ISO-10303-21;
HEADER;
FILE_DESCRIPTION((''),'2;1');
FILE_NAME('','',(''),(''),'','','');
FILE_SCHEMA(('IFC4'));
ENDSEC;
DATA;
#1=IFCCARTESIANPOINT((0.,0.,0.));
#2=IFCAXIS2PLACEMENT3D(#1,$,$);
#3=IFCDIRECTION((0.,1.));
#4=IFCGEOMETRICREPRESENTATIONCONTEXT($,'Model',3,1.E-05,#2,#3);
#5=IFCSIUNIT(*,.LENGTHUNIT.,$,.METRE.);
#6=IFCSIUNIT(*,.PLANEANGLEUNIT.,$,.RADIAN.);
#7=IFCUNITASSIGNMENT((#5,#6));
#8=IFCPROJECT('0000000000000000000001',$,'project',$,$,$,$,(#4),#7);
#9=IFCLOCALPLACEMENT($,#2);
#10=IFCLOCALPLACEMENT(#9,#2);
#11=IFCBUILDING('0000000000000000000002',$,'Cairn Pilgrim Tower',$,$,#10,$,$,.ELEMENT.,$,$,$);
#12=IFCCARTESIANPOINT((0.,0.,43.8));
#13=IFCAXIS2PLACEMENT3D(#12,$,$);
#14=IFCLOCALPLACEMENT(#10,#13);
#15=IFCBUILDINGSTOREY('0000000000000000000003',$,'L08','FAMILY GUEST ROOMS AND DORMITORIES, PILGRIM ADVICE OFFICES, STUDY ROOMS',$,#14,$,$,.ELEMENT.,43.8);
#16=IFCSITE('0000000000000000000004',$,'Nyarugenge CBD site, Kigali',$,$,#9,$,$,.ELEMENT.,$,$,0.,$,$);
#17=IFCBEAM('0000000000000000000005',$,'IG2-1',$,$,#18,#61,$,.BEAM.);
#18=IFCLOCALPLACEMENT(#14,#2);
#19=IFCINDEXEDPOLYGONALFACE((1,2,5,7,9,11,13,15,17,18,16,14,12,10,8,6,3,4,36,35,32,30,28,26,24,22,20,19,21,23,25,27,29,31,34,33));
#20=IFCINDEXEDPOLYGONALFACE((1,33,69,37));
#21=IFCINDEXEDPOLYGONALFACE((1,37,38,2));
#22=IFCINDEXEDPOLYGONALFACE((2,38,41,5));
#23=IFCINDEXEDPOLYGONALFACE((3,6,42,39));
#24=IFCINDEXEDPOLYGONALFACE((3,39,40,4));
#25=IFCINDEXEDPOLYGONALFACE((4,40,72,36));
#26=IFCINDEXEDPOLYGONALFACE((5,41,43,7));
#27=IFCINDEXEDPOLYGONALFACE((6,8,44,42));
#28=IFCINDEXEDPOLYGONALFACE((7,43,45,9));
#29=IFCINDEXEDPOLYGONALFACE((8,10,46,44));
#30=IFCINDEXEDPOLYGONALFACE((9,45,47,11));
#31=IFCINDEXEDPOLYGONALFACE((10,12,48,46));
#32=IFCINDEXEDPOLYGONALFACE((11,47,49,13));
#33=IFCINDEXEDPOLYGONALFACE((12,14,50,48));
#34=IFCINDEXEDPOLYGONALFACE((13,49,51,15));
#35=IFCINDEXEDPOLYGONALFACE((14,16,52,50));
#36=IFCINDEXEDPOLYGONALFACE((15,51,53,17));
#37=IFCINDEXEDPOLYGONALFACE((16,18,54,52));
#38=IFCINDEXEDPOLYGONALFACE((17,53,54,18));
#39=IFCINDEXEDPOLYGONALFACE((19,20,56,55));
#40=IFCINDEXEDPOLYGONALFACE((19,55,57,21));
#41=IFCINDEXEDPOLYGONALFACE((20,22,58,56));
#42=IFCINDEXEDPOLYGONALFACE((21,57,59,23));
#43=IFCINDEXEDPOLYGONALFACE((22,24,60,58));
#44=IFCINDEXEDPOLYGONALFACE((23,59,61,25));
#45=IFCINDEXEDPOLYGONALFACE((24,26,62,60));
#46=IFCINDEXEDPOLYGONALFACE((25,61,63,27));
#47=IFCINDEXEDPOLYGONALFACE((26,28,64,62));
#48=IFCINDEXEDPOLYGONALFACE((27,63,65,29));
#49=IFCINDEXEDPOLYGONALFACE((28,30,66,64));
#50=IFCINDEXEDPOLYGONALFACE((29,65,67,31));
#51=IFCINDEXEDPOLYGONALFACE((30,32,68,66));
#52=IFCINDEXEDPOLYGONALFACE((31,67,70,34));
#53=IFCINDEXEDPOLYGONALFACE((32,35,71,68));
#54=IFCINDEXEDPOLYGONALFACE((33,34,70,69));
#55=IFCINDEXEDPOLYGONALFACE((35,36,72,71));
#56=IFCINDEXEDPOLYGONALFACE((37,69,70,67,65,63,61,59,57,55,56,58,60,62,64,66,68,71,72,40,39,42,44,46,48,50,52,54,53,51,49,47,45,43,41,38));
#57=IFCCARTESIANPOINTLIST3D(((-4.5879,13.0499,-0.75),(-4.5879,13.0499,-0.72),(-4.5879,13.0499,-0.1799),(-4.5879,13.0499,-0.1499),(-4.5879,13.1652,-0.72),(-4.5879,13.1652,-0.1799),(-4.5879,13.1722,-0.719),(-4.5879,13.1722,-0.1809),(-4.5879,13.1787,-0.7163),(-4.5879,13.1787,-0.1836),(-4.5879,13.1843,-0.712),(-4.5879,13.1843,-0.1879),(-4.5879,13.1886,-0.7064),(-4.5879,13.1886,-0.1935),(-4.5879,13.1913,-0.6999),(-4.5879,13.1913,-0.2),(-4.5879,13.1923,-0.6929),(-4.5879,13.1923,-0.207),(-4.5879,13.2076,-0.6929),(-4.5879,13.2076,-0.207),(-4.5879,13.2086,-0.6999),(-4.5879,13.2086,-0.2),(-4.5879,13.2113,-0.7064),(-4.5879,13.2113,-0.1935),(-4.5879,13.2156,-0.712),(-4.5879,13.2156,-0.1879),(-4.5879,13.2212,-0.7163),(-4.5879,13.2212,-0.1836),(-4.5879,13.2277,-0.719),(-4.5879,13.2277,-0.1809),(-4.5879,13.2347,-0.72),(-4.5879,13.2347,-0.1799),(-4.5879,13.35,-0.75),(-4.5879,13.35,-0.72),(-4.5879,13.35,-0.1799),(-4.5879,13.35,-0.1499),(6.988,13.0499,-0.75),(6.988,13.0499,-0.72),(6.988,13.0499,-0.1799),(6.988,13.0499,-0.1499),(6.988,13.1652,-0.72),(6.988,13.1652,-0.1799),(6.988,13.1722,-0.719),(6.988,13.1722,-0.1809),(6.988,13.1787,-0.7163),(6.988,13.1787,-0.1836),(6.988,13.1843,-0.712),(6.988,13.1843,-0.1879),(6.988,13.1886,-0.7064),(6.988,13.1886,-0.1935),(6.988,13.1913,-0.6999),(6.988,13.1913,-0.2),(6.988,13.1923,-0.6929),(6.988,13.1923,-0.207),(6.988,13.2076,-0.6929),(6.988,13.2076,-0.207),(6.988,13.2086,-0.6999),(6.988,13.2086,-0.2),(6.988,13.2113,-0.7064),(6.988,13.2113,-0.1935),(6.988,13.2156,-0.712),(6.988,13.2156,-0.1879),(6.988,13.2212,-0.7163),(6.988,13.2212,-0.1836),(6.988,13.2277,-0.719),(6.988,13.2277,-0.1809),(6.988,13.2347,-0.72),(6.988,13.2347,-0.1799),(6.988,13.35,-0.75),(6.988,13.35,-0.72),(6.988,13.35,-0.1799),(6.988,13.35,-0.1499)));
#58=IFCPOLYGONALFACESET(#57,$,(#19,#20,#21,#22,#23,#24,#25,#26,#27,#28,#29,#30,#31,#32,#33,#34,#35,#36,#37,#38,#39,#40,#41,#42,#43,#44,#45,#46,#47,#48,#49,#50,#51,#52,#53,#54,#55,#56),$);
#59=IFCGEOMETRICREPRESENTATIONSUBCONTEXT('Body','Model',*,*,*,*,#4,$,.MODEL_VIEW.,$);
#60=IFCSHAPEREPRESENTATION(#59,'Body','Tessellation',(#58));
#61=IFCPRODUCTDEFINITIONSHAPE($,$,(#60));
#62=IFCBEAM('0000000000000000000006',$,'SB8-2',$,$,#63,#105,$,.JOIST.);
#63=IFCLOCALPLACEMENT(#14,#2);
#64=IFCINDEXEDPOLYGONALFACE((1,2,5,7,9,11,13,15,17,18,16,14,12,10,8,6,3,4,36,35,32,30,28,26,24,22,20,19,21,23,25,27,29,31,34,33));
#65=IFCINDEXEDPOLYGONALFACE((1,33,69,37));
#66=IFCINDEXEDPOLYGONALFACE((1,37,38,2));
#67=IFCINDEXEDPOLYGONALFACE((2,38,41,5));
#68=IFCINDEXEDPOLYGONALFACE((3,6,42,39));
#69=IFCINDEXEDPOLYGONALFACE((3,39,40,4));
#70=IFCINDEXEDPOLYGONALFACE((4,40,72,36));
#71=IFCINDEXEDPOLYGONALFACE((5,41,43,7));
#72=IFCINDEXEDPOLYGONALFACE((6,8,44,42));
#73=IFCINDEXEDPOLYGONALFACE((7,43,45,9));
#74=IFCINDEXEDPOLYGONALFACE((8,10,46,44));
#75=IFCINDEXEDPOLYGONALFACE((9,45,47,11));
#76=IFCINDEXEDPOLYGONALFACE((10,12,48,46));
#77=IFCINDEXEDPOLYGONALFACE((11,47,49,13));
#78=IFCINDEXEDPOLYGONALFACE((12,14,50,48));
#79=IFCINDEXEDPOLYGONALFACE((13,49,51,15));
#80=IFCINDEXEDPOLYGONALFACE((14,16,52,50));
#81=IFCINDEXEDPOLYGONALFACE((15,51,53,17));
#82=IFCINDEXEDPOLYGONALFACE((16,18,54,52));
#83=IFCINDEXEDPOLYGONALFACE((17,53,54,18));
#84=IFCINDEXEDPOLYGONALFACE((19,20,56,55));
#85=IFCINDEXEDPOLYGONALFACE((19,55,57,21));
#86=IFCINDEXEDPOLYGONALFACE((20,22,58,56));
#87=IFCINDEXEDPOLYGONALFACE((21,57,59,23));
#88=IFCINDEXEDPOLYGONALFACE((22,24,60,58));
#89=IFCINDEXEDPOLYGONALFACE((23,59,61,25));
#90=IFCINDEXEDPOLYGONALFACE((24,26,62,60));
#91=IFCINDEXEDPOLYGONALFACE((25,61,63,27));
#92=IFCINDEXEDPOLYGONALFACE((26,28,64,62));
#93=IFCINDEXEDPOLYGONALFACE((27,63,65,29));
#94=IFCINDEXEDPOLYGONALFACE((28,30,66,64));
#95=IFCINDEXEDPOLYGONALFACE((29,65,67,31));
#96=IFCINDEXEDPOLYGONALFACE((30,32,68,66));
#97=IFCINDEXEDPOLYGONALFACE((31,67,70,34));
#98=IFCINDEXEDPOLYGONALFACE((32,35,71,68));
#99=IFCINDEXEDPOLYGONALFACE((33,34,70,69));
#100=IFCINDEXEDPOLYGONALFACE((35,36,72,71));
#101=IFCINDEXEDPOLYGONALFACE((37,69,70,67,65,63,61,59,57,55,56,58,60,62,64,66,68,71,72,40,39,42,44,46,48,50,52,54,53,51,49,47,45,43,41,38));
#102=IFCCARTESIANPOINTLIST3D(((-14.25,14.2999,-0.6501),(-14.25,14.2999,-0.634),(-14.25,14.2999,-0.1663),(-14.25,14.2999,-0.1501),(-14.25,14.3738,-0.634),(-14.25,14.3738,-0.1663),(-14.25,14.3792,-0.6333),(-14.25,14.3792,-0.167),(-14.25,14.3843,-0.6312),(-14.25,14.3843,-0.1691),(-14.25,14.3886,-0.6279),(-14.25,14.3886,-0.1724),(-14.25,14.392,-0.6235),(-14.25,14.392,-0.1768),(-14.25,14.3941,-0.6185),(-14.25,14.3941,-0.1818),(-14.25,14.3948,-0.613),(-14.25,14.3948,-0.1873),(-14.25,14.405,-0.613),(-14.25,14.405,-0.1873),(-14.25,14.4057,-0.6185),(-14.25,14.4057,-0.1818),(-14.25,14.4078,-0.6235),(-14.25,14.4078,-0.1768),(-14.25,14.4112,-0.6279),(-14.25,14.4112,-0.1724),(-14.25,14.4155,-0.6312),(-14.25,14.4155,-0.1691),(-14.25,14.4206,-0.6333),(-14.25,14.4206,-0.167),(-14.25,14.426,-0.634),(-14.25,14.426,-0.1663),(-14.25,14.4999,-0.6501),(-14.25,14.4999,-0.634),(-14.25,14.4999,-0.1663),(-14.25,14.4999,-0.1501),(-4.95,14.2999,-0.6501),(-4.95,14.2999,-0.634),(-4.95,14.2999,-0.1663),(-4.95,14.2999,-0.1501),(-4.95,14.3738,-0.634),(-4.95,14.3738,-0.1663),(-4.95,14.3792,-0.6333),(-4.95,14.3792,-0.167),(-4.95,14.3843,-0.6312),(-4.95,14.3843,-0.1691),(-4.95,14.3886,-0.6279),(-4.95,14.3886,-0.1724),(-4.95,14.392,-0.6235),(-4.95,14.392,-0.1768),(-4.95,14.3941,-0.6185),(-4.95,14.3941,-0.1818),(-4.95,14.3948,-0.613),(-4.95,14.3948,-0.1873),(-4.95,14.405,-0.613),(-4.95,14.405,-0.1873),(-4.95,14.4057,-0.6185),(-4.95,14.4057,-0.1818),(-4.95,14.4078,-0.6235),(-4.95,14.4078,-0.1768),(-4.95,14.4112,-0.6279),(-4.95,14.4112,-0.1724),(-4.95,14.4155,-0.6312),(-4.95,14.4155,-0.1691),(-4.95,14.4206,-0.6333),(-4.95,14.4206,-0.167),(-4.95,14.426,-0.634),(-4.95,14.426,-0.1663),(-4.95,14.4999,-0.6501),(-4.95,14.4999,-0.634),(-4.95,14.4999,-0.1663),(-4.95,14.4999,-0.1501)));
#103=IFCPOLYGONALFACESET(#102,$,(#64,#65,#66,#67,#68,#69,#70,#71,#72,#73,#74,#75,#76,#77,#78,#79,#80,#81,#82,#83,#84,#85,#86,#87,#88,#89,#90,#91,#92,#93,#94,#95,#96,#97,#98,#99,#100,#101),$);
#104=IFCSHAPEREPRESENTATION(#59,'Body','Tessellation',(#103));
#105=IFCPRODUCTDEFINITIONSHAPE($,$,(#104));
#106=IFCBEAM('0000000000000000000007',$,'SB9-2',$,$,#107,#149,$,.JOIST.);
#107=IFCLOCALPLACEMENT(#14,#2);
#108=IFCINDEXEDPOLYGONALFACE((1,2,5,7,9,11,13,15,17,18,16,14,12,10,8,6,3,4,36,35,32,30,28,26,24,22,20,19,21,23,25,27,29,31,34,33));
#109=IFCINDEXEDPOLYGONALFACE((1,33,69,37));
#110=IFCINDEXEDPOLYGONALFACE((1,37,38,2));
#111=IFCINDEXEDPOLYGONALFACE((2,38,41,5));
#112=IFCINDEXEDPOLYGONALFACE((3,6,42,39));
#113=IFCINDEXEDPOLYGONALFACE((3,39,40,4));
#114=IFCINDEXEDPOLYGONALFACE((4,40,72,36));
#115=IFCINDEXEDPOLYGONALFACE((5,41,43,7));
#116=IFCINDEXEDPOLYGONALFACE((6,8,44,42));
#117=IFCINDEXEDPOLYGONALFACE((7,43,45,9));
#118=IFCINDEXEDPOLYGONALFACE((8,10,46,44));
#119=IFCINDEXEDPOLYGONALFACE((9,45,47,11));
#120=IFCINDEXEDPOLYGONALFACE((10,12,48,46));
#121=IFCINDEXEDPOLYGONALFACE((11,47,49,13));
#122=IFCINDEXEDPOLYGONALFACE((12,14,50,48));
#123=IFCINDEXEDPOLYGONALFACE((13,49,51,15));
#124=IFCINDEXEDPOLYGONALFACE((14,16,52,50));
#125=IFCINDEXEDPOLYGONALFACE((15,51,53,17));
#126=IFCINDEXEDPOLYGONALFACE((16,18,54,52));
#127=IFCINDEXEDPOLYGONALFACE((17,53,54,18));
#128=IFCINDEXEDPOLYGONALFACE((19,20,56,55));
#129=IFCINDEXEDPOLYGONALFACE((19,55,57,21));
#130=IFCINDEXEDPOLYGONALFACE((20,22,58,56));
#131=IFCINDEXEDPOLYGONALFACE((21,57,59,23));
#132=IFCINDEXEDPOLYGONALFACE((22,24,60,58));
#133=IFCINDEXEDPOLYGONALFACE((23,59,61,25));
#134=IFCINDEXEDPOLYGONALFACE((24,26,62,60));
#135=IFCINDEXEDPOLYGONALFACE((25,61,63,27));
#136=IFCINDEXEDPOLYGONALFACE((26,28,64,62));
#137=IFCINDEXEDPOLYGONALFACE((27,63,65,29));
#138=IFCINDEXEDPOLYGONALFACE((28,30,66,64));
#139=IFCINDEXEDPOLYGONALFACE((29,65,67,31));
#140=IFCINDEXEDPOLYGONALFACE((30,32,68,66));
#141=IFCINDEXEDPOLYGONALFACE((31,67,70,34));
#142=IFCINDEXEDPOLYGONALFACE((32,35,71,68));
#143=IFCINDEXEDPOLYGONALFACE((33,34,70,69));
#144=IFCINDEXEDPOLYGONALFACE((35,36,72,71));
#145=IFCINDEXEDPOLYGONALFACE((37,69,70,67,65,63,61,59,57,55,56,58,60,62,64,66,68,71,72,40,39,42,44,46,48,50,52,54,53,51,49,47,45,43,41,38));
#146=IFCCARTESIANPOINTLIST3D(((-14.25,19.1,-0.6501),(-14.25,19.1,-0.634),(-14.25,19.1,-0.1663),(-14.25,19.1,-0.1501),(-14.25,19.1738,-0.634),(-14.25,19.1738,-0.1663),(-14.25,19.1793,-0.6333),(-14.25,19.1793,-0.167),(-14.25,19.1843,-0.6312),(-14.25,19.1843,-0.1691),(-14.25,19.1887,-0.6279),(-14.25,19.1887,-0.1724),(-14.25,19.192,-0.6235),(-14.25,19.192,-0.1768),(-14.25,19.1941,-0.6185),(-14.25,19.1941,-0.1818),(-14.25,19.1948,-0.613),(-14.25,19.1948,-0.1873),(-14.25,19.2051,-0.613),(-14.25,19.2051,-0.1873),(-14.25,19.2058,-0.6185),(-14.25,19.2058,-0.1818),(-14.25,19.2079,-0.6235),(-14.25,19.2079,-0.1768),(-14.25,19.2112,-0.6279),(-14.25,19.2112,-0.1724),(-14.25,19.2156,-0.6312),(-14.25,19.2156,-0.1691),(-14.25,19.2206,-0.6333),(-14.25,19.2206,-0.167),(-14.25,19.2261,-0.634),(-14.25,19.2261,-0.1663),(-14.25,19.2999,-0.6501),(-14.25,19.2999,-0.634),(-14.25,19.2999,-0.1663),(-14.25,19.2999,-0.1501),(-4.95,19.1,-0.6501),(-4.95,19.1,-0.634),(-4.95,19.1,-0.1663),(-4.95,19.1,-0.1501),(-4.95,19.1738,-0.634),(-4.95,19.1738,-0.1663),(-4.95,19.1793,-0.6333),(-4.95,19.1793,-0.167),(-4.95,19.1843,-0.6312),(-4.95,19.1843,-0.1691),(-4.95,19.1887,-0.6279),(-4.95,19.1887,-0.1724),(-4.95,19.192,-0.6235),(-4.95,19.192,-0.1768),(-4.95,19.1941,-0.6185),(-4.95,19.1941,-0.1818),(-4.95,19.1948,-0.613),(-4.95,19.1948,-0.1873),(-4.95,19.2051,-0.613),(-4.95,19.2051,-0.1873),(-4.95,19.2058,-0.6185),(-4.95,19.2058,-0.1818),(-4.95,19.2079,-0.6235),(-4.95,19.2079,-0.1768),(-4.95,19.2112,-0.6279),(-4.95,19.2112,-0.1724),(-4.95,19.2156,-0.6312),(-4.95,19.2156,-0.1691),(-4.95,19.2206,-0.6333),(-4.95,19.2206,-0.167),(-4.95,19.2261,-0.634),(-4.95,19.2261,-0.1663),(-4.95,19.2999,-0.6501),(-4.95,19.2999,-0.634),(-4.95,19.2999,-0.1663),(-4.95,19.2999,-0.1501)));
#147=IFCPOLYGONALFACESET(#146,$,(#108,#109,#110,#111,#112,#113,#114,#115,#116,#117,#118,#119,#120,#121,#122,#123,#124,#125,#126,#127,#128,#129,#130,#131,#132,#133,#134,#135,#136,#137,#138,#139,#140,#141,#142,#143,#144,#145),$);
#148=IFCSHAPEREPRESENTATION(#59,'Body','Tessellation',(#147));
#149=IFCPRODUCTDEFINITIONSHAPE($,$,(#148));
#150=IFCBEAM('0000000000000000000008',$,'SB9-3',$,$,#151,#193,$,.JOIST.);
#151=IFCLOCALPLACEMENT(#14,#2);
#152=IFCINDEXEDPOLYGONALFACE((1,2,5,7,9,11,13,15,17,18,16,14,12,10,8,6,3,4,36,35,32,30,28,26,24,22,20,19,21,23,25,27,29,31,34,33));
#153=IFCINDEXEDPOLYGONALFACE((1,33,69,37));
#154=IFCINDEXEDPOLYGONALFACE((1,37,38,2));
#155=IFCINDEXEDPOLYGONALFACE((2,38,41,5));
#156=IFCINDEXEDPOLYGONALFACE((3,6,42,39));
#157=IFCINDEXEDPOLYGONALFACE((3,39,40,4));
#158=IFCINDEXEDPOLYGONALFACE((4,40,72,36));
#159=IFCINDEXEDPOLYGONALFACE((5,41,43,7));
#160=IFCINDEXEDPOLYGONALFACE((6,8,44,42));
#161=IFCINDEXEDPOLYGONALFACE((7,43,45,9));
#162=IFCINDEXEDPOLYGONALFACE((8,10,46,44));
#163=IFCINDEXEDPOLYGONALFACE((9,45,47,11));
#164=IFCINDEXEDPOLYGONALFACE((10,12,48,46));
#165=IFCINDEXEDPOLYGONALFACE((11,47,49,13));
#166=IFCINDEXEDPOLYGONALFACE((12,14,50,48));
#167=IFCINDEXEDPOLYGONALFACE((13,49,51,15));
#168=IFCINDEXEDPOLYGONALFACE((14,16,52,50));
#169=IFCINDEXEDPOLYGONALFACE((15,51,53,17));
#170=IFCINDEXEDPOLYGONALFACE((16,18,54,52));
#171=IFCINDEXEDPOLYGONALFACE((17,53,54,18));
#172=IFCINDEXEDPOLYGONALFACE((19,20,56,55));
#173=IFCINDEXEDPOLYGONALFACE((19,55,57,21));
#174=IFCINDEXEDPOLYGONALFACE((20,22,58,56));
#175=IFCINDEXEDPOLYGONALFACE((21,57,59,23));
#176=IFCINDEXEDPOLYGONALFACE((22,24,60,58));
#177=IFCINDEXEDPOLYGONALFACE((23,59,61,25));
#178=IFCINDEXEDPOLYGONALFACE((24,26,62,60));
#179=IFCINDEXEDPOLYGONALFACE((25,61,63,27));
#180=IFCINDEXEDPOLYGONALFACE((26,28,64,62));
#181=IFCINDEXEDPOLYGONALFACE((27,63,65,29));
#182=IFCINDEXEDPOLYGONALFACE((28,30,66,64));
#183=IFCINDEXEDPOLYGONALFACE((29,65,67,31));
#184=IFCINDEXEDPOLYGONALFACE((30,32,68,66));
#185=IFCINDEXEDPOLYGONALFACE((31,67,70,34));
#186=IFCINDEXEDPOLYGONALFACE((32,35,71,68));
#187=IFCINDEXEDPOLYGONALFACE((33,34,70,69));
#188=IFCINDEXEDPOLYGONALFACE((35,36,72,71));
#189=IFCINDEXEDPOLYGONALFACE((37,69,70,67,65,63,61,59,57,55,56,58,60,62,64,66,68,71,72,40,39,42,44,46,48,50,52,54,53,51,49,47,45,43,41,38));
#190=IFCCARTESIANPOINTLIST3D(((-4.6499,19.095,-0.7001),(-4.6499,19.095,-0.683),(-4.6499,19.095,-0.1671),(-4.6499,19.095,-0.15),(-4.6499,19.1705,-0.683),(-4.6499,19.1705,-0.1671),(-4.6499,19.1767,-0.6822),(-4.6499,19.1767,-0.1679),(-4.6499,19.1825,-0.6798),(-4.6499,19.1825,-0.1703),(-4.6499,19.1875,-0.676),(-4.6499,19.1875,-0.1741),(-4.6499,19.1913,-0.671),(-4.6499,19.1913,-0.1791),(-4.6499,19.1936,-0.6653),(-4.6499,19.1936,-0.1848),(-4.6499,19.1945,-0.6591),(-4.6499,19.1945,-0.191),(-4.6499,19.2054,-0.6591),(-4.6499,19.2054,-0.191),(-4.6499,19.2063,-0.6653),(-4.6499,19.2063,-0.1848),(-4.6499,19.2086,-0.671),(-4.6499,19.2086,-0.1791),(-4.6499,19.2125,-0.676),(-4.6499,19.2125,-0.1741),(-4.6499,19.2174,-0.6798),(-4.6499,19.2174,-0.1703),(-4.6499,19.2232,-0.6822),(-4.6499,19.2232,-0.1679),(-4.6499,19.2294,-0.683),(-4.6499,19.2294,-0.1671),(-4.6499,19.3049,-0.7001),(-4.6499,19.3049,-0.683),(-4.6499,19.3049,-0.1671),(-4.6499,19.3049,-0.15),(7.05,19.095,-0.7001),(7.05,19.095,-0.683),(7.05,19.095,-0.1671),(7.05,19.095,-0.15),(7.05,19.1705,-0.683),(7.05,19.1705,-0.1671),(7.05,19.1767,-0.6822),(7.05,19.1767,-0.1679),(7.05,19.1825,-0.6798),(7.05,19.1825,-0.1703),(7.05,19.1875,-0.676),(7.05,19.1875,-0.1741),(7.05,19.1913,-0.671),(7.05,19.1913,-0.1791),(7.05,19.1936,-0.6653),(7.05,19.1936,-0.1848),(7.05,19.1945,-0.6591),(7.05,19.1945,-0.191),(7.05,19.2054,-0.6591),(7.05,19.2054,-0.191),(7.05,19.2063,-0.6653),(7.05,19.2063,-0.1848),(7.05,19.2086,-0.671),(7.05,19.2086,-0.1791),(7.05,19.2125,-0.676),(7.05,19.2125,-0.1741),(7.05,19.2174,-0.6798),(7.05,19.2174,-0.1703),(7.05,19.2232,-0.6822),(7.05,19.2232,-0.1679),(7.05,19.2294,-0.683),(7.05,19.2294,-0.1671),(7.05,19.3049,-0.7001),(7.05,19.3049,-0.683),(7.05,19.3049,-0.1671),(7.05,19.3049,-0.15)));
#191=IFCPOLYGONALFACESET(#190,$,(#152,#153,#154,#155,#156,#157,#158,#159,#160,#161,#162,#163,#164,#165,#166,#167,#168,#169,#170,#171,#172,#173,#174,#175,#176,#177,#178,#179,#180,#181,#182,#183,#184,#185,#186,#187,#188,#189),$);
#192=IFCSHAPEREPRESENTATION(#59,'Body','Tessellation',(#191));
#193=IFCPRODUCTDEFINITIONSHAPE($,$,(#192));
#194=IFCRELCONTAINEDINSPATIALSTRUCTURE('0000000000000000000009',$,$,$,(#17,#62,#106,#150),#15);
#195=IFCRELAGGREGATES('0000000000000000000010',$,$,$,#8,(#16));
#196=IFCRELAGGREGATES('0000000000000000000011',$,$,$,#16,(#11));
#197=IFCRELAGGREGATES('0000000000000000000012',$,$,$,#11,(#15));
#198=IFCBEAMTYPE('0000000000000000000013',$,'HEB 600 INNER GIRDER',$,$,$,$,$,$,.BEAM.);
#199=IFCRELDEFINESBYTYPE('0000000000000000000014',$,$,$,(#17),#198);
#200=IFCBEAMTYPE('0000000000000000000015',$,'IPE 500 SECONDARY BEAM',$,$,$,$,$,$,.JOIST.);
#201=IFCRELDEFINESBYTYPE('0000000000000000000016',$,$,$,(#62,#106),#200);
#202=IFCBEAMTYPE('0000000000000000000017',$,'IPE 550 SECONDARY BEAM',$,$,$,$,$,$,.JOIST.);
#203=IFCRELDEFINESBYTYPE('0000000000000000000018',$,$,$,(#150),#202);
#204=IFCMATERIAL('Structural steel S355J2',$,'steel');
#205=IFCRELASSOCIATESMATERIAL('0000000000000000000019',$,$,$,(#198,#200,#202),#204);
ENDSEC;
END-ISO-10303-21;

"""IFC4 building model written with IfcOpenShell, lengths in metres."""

from ifc_helpers import new_model, si_unit, direction, frame, origin, origin_2d, place, context, subcontext, project, spatial, i_section, extrude, material, material_profile, profile_set, type_object, element, save


model = new_model("IFC4")

# Units and contexts
model_context = context("Model", 3, precision=1e-05, world=origin(), true_north=direction((0.0, 1.0)))
body_context = subcontext(model_context, "Body", "Model", "MODEL_VIEW")
ifc_project = project(units=[si_unit("LENGTHUNIT", "METRE"), si_unit("PLANEANGLEUNIT", "RADIAN")], contexts=[model_context])

# Site, building, storey
site_placement = place(None, origin())
site = spatial("IfcSite", under=ifc_project, at=site_placement, Name="Nyarugenge CBD site, Kigali", CompositionType="ELEMENT", RefElevation=0.0)
building_placement = place(site_placement, origin())
building = spatial("IfcBuilding", under=site, at=building_placement, Name="Cairn Pilgrim Tower", CompositionType="ELEMENT")
storey_placement = place(building_placement, frame((0.0, 0.0, 43.8)))
storey = spatial("IfcBuildingStorey", under=building, at=storey_placement, Name="L08", Description="FAMILY GUEST ROOMS AND DORMITORIES, PILGRIM ADVICE OFFICES, STUDY ROOMS", CompositionType="ELEMENT", Elevation=43.8)

# Beams
ifc_material_1 = material(Name="Structural steel S355J2", Category="steel")
ifc_material_profile_1 = material_profile(ifc_material_1, i_section(OverallWidth=0.3, OverallDepth=0.6001, WebThickness=0.0154, FlangeThickness=0.03, FilletRadius=0.0271, at=origin_2d()), Name="HEB 600")
ifc_profile_set_1 = profile_set([ifc_material_profile_1], Name="Structural steel S355J2")
beam_type_1 = type_object("IfcBeamType", Name="HEB 600 INNER GIRDER", PredefinedType="BEAM", material=ifc_profile_set_1)
beam_1_placement = place(storey_placement, frame((-4.5879, 13.2, -0.45), z_axis=(1.0, 0.0, 0.0), x_axis=(0.0, 1.0, 0.0)))
element("IfcBeam", 1, at=beam_1_placement, inside=storey, type_object=beam_type_1, Name="IG2-1", PredefinedType="BEAM", context=body_context, shape_type="SweptSolid", body=[
    extrude(i_section(OverallWidth=0.3, OverallDepth=0.6001, WebThickness=0.0154, FlangeThickness=0.03, FilletRadius=0.0271, at=origin_2d()), origin(), (0.0, 0.0, 1.0), 11.5759),
])
ifc_material_profile_2 = material_profile(ifc_material_1, i_section(OverallWidth=0.2, OverallDepth=0.5, WebThickness=0.0103, FlangeThickness=0.0161, FilletRadius=0.021, at=origin_2d()), Name="IPE 500")
ifc_profile_set_2 = profile_set([ifc_material_profile_2], Name="Structural steel S355J2")
beam_type_2 = type_object("IfcBeamType", Name="IPE 500 SECONDARY BEAM", PredefinedType="JOIST", material=ifc_profile_set_2)
for number, where, z_axis, x_axis, name in (
    (2, (-14.25, 14.3999, -0.4001), (1.0, 0.0, 0.0), (0.0, 1.0, 0.0), "SB8-2"),
    (3, (-14.25, 19.2, -0.4001), (1.0, 0.0, 0.0), (0.0, 1.0, 0.0), "SB9-2"),
):
    element("IfcBeam", number, at=place(storey_placement, frame(where, z_axis=z_axis, x_axis=x_axis)), inside=storey, type_object=beam_type_2, Name=name, PredefinedType="JOIST", context=body_context, shape_type="SweptSolid", body=[
        extrude(i_section(OverallWidth=0.2, OverallDepth=0.5, WebThickness=0.0103, FlangeThickness=0.0161, FilletRadius=0.021, at=origin_2d()), origin(), (0.0, 0.0, 1.0), 9.3),
    ])
ifc_material_profile_3 = material_profile(ifc_material_1, i_section(OverallWidth=0.21, OverallDepth=0.55, WebThickness=0.011, FlangeThickness=0.0171, FilletRadius=0.0239, at=origin_2d()), Name="IPE 550")
ifc_profile_set_3 = profile_set([ifc_material_profile_3], Name="Structural steel S355J2")
beam_type_3 = type_object("IfcBeamType", Name="IPE 550 SECONDARY BEAM", PredefinedType="JOIST", material=ifc_profile_set_3)
beam_2_placement = place(storey_placement, frame((-4.6499, 19.2, -0.425), z_axis=(1.0, 0.0, 0.0), x_axis=(0.0, 1.0, 0.0)))
element("IfcBeam", 4, at=beam_2_placement, inside=storey, type_object=beam_type_3, Name="SB9-3", PredefinedType="JOIST", context=body_context, shape_type="SweptSolid", body=[
    extrude(i_section(OverallWidth=0.21, OverallDepth=0.55, WebThickness=0.011, FlangeThickness=0.0171, FilletRadius=0.0239, at=origin_2d()), origin(), (0.0, 0.0, 1.0), 11.7),
])

save(model, "model.ifc")
